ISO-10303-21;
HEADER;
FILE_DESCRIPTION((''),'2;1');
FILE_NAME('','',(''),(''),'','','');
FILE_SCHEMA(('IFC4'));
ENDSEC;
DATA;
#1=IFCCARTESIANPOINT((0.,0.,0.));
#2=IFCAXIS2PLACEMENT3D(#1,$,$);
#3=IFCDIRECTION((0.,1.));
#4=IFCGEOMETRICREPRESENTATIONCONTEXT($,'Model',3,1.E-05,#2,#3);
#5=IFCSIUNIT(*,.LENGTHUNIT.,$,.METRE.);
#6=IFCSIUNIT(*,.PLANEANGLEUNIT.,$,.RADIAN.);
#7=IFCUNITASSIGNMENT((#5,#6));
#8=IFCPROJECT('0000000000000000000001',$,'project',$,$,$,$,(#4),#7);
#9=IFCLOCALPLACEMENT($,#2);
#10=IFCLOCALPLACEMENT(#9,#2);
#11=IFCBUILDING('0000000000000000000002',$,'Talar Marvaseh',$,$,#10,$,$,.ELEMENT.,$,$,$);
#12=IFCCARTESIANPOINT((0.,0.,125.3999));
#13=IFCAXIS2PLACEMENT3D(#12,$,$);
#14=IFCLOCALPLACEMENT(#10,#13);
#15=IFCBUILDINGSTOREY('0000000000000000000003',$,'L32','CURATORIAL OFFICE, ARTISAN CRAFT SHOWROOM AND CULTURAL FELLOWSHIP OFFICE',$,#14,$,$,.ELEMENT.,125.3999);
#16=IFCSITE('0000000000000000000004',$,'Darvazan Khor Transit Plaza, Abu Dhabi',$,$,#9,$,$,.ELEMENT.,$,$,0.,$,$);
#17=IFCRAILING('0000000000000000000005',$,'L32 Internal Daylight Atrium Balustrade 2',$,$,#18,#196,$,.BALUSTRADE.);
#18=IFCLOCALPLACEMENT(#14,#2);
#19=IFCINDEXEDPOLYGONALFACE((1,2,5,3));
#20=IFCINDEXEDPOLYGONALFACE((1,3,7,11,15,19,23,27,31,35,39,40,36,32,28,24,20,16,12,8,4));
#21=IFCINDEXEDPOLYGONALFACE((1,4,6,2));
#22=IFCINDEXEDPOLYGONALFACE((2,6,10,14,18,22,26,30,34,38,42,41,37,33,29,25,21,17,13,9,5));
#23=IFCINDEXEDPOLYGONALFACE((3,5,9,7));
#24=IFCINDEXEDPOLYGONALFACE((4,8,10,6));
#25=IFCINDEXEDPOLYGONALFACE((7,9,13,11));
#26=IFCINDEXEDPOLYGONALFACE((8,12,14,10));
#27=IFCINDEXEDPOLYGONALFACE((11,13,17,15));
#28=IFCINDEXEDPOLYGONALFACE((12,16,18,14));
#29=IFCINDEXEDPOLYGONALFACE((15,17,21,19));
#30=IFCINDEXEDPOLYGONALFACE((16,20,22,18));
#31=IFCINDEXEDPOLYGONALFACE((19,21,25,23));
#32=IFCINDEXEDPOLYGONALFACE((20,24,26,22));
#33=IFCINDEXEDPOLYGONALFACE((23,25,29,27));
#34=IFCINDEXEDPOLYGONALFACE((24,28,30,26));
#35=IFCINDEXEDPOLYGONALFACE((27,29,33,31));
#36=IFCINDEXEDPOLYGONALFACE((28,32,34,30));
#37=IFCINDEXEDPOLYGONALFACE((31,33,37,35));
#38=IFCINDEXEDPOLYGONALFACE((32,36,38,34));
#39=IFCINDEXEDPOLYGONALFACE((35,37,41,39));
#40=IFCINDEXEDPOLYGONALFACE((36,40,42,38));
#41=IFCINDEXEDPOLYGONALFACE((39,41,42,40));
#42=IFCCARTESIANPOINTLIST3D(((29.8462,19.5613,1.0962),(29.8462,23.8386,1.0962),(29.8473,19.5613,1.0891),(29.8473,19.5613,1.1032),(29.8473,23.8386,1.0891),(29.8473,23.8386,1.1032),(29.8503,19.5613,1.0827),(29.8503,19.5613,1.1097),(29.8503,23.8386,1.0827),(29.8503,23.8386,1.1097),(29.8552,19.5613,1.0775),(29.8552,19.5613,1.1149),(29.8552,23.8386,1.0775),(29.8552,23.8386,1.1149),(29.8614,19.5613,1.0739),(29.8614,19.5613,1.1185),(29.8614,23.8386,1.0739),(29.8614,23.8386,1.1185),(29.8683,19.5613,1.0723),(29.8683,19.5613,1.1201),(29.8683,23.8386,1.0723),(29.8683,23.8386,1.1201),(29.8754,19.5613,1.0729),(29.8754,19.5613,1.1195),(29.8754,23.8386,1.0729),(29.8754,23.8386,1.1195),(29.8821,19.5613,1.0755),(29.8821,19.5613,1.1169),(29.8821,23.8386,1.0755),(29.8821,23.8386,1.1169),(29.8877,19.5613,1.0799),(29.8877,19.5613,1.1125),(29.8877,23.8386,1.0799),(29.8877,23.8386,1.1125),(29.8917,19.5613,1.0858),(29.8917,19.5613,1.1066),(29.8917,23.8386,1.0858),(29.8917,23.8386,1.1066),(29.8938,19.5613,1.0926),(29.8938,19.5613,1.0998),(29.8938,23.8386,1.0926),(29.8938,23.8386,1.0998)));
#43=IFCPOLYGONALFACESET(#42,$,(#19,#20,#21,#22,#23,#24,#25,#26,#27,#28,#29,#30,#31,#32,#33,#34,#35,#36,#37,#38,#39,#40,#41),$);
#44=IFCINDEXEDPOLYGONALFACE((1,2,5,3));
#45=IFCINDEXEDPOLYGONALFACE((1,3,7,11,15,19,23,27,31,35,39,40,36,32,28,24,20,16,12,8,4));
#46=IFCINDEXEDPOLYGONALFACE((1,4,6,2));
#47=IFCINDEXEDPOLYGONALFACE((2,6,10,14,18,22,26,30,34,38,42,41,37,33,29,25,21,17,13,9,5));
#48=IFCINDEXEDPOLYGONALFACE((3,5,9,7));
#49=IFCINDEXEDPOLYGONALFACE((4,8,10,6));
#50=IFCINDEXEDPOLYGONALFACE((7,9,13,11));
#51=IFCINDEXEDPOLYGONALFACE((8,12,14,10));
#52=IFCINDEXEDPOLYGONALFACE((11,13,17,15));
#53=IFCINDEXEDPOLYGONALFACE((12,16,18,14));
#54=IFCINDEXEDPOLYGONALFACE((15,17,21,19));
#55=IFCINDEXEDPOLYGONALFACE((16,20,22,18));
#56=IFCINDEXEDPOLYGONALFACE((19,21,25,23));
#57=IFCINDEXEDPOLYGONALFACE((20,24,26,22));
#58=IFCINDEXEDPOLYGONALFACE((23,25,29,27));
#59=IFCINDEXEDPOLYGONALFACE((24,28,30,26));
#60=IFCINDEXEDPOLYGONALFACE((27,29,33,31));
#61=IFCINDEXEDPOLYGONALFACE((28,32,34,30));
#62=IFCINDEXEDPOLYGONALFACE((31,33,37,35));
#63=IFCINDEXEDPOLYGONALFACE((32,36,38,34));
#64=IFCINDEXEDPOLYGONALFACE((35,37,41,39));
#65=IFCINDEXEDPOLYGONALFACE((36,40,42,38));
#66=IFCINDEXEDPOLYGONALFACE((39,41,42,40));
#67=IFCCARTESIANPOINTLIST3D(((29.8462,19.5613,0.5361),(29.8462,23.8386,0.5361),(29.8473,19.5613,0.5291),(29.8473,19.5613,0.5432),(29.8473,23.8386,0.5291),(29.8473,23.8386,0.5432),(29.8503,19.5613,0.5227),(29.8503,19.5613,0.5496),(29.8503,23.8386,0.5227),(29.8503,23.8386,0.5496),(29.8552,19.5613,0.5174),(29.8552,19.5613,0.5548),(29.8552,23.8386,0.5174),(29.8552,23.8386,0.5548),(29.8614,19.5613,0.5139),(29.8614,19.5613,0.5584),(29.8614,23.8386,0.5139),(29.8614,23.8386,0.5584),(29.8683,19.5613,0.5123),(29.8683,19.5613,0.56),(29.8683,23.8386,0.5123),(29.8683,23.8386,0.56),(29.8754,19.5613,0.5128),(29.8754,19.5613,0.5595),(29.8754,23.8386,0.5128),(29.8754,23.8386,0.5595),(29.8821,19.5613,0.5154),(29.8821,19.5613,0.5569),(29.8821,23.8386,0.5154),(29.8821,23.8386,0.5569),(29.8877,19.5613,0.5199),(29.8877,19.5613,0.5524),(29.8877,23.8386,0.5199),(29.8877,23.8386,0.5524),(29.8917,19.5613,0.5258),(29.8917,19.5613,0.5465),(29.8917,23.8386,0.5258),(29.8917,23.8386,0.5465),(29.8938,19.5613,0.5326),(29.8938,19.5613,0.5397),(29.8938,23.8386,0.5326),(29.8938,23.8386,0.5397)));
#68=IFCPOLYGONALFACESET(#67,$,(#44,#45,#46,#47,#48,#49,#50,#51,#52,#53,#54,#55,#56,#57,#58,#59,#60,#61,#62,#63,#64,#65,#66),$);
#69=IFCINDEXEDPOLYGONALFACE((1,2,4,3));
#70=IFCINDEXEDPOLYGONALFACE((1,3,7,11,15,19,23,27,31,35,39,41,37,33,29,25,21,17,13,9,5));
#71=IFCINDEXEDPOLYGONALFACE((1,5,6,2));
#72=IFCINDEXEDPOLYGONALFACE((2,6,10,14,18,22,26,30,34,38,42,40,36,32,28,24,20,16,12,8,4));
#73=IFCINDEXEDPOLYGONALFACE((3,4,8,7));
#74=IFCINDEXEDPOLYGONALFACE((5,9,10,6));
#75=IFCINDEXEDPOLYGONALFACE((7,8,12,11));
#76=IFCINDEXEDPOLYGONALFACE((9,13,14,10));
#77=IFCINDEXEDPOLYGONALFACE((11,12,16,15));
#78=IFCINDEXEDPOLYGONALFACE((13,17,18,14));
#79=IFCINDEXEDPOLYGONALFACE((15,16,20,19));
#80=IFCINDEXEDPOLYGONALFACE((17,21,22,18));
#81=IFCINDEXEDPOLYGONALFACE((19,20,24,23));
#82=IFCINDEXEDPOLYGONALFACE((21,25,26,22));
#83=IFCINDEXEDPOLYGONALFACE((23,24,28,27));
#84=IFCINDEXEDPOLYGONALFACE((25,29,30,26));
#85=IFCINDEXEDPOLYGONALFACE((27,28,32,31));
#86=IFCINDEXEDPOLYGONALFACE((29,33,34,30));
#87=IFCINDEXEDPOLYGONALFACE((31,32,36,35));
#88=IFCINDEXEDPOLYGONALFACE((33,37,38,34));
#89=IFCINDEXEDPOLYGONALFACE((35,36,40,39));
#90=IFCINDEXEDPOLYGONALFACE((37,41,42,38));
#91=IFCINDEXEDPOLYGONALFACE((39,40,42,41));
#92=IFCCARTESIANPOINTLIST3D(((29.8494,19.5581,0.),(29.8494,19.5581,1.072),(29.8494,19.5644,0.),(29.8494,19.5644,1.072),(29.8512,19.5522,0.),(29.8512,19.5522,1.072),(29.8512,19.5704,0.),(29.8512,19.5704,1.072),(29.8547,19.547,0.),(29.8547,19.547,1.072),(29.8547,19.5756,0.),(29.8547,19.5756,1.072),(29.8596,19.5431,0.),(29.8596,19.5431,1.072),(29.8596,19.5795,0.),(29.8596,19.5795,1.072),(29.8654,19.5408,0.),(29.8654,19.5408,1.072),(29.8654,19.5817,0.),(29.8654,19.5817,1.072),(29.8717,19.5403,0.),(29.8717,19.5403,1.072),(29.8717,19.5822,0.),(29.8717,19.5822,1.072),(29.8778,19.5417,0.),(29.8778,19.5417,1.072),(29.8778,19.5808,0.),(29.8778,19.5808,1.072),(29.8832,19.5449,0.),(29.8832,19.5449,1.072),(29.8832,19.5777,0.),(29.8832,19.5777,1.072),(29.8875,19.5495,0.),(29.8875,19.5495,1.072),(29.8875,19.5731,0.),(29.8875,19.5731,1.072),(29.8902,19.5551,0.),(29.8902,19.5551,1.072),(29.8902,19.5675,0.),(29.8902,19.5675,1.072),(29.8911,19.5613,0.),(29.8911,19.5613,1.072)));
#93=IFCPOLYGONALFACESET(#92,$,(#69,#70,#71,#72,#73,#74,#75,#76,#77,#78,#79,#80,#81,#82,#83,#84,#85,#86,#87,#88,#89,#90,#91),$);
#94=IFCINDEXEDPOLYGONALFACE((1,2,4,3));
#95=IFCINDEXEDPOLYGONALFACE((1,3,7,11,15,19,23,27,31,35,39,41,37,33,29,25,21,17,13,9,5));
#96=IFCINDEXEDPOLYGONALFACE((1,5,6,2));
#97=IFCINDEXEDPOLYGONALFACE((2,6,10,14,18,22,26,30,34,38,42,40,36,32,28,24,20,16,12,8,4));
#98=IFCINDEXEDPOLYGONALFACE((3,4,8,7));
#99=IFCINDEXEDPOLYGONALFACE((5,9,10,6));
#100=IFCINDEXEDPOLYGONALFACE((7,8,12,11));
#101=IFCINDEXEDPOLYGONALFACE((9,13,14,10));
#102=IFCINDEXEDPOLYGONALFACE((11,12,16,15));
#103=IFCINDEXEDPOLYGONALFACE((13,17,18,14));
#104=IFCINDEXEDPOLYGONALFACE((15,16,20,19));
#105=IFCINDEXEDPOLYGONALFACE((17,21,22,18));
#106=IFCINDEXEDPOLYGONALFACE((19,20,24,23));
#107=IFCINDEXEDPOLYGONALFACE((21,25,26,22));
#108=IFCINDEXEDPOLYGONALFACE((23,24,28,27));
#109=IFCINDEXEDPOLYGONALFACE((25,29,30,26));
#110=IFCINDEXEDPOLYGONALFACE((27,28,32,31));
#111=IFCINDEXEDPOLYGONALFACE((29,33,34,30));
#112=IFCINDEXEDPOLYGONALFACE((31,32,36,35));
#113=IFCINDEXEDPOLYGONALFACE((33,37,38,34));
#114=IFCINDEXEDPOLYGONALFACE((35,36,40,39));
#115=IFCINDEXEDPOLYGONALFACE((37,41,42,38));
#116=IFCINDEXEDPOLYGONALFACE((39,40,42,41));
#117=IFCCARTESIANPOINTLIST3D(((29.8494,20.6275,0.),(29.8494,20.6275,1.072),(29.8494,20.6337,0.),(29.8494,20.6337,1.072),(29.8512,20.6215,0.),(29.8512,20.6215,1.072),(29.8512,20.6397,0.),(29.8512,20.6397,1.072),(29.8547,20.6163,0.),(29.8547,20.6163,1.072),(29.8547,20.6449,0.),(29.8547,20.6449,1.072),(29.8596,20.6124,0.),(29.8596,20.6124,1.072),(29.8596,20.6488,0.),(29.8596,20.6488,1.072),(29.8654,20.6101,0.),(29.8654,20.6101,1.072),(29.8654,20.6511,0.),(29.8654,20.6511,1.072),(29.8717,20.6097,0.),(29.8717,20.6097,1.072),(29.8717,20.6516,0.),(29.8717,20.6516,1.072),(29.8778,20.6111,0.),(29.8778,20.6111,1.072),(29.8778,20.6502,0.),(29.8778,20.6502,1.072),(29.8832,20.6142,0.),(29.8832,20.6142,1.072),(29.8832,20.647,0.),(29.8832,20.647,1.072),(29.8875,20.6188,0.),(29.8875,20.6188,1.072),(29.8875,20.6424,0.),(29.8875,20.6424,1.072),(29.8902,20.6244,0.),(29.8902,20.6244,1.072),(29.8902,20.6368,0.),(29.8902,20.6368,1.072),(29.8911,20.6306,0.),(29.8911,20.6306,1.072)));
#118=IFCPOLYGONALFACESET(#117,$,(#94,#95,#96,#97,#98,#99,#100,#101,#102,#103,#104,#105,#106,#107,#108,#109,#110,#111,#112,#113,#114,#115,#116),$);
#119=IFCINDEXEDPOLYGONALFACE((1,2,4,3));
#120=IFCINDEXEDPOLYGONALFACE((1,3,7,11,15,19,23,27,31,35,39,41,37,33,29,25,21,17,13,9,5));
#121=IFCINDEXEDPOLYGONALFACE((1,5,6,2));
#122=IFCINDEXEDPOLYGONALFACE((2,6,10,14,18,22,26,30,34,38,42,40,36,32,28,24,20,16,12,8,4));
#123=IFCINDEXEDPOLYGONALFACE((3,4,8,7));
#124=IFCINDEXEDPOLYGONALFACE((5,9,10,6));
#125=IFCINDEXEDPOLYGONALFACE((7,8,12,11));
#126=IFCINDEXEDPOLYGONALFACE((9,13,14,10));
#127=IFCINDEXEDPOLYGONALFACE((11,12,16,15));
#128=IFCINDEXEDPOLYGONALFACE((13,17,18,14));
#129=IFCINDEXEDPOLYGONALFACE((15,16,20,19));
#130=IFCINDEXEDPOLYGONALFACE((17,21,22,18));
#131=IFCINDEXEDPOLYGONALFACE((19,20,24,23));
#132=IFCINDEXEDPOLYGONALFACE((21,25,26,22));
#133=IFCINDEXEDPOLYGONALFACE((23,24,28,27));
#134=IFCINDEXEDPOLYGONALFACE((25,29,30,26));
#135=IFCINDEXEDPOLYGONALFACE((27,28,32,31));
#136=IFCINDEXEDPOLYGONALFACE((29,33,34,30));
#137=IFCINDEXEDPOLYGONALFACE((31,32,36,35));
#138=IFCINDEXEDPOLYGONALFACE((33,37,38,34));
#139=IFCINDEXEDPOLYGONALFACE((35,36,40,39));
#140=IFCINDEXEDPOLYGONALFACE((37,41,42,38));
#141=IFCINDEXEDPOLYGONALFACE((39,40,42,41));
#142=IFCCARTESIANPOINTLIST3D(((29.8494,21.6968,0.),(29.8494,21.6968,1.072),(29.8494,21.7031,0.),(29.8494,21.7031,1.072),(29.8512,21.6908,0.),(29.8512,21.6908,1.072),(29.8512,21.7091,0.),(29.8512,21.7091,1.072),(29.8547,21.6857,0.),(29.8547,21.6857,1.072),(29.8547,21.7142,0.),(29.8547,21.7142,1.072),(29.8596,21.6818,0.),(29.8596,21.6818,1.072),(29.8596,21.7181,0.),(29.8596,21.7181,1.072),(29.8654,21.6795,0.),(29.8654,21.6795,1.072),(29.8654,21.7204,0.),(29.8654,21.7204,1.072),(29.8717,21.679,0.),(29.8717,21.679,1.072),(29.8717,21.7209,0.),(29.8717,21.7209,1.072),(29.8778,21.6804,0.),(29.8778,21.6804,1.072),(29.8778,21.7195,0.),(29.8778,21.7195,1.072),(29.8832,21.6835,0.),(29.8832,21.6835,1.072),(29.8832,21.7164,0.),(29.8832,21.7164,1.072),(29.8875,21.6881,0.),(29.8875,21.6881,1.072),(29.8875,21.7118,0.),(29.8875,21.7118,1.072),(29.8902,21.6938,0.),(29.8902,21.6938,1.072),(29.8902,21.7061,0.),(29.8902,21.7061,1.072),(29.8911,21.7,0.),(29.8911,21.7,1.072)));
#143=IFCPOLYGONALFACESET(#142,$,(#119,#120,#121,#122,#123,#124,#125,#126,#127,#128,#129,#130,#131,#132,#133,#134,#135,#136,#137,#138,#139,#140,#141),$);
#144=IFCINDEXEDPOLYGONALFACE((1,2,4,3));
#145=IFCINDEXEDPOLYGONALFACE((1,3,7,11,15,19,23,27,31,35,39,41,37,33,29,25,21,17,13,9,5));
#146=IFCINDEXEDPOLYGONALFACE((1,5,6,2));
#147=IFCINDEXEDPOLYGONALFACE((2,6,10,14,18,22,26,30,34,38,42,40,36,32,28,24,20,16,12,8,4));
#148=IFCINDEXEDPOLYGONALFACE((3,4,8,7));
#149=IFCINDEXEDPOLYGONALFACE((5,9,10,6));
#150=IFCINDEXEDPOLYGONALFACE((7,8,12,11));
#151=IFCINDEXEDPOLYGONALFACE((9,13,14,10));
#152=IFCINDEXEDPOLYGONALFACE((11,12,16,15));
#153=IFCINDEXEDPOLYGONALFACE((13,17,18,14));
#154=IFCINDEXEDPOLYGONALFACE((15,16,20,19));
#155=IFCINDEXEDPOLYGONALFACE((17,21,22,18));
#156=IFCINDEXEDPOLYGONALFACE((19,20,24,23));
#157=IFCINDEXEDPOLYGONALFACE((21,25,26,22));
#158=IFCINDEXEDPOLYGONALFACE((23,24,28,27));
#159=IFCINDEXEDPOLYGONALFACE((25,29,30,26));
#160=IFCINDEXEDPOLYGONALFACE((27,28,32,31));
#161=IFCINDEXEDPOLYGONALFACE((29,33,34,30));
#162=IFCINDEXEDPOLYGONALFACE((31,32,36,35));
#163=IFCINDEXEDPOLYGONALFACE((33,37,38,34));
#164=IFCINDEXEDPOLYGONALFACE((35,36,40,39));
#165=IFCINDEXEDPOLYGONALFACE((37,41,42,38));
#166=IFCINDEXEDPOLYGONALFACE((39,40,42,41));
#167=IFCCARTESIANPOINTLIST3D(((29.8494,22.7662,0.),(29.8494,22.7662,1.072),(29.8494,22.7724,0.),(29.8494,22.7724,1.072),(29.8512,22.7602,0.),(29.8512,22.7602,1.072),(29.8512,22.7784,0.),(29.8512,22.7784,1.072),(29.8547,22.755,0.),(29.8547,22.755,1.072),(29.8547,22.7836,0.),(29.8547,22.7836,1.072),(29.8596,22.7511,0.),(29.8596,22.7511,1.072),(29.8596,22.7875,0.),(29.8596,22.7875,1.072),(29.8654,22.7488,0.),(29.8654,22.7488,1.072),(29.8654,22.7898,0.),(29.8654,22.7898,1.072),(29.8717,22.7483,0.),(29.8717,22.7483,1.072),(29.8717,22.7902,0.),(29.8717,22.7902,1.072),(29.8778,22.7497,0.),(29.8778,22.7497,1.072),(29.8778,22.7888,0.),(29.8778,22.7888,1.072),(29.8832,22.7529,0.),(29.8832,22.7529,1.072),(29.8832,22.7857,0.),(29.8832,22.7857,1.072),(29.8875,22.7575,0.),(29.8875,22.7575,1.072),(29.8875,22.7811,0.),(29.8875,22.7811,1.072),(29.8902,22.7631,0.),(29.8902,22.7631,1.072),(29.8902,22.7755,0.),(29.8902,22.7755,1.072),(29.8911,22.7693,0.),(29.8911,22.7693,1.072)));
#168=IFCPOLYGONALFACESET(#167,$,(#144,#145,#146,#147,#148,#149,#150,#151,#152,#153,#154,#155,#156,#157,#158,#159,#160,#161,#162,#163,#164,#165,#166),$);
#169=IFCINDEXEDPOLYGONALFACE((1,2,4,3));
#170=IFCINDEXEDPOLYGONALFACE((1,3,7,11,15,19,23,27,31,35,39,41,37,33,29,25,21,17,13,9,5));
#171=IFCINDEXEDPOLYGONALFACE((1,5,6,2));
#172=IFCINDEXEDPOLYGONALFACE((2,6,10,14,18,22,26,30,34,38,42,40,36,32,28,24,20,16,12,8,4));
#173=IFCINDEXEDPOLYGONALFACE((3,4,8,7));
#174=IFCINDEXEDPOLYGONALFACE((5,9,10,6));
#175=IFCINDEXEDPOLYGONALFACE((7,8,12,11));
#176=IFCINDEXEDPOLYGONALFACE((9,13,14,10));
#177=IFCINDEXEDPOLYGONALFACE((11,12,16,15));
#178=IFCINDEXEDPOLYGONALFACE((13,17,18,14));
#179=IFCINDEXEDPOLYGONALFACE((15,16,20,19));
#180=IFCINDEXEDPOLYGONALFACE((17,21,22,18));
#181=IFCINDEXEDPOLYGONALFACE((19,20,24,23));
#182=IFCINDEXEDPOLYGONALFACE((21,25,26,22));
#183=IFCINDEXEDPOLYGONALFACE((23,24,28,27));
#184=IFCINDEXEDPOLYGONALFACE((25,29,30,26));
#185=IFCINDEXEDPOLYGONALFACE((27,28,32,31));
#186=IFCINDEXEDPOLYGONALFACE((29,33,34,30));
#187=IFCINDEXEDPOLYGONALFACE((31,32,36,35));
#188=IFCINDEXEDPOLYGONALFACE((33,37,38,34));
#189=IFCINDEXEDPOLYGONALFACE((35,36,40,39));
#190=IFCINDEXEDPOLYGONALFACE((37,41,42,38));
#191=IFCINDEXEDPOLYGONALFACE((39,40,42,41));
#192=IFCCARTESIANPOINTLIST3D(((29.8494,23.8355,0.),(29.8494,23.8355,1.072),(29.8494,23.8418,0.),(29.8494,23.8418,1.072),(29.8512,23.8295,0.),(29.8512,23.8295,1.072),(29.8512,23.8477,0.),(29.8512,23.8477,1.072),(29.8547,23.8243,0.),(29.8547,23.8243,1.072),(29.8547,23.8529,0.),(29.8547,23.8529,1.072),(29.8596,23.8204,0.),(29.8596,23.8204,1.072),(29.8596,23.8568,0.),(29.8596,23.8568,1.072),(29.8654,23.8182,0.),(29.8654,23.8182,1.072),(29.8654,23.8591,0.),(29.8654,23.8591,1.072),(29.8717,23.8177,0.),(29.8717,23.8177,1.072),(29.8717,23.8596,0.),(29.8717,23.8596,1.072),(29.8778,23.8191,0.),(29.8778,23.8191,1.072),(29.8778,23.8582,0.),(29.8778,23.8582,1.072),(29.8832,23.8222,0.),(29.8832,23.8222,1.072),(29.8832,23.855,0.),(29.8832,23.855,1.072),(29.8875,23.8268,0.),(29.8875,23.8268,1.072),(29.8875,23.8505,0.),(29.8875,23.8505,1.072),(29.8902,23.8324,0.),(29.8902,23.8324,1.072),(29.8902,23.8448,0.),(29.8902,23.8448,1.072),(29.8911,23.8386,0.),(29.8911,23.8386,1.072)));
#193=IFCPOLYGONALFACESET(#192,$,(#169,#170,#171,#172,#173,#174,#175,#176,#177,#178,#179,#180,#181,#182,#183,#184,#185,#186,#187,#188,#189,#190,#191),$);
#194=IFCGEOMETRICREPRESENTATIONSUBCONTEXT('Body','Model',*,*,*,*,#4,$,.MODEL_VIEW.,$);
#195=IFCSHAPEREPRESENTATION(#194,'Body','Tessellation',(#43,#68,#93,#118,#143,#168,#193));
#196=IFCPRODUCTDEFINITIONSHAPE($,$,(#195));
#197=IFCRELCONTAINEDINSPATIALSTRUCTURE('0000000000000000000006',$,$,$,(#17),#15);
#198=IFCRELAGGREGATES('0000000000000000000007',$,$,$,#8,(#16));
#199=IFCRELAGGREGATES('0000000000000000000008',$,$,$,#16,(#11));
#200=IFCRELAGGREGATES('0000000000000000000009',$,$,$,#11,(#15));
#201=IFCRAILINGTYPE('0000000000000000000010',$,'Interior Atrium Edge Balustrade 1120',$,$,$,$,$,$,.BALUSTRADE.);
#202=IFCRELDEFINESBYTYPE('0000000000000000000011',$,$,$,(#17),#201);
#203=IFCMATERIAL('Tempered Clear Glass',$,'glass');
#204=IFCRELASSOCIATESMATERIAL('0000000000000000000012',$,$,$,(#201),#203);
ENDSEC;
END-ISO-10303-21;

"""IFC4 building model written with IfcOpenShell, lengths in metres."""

from ifc_helpers import new_model, si_unit, direction, frame, origin, origin_2d, place, context, subcontext, project, spatial, circle, extrude, material, type_object, element, save


model = new_model("IFC4")

# Units and contexts
model_context = context("Model", 3, precision=1e-05, world=origin(), true_north=direction((0.0, 1.0)))
body_context = subcontext(model_context, "Body", "Model", "MODEL_VIEW")
ifc_project = project(units=[si_unit("LENGTHUNIT", "METRE"), si_unit("PLANEANGLEUNIT", "RADIAN")], contexts=[model_context])

# Site, building, storey
site_placement = place(None, origin())
site = spatial("IfcSite", under=ifc_project, at=site_placement, Name="Darvazan Khor Transit Plaza, Abu Dhabi", CompositionType="ELEMENT", RefElevation=0.0)
building_placement = place(site_placement, origin())
building = spatial("IfcBuilding", under=site, at=building_placement, Name="Talar Marvaseh", CompositionType="ELEMENT")
storey_placement = place(building_placement, frame((0.0, 0.0, 125.3999)))
storey = spatial("IfcBuildingStorey", under=building, at=storey_placement, Name="L32", Description="CURATORIAL OFFICE, ARTISAN CRAFT SHOWROOM AND CULTURAL FELLOWSHIP OFFICE", CompositionType="ELEMENT", Elevation=125.3999)

# Railing
ifc_material_1 = material(Name="Tempered Clear Glass", Category="glass")
railing_type_1 = type_object("IfcRailingType", Name="Interior Atrium Edge Balustrade 1120", PredefinedType="BALUSTRADE", material=ifc_material_1)
railing_1_placement = place(storey_placement, frame((29.8701, 19.5613, 0.0)))
element("IfcRailing", 1, at=railing_1_placement, inside=storey, type_object=railing_type_1, Name="L32 Internal Daylight Atrium Balustrade 2", PredefinedType="BALUSTRADE", context=body_context, shape_type="SweptSolid", body=[
    extrude(circle(Radius=0.0239, at=origin_2d()), frame((0.0, 0.0, 1.0962), z_axis=(0.0, 1.0, 0.0), x_axis=(-1.0, 0.0, 0.0)), (0.0, 0.0, 1.0), 4.2773),
    extrude(circle(Radius=0.0239, at=origin_2d()), frame((0.0, 0.0, 0.5361), z_axis=(0.0, 1.0, 0.0), x_axis=(-1.0, 0.0, 0.0)), (0.0, 0.0, 1.0), 4.2773),
    extrude(circle(Radius=0.021, at=origin_2d()), origin(), (0.0, 0.0, 1.0), 1.072),
    extrude(circle(Radius=0.021, at=origin_2d()), frame((0.0, 1.0693, 0.0)), (0.0, 0.0, 1.0), 1.072),
    extrude(circle(Radius=0.021, at=origin_2d()), frame((0.0, 2.1387, 0.0)), (0.0, 0.0, 1.0), 1.072),
    extrude(circle(Radius=0.021, at=origin_2d()), frame((0.0, 3.208, 0.0)), (0.0, 0.0, 1.0), 1.072),
    extrude(circle(Radius=0.021, at=origin_2d()), frame((0.0, 4.2773, 0.0)), (0.0, 0.0, 1.0), 1.072),
])

save(model, "model.ifc")
